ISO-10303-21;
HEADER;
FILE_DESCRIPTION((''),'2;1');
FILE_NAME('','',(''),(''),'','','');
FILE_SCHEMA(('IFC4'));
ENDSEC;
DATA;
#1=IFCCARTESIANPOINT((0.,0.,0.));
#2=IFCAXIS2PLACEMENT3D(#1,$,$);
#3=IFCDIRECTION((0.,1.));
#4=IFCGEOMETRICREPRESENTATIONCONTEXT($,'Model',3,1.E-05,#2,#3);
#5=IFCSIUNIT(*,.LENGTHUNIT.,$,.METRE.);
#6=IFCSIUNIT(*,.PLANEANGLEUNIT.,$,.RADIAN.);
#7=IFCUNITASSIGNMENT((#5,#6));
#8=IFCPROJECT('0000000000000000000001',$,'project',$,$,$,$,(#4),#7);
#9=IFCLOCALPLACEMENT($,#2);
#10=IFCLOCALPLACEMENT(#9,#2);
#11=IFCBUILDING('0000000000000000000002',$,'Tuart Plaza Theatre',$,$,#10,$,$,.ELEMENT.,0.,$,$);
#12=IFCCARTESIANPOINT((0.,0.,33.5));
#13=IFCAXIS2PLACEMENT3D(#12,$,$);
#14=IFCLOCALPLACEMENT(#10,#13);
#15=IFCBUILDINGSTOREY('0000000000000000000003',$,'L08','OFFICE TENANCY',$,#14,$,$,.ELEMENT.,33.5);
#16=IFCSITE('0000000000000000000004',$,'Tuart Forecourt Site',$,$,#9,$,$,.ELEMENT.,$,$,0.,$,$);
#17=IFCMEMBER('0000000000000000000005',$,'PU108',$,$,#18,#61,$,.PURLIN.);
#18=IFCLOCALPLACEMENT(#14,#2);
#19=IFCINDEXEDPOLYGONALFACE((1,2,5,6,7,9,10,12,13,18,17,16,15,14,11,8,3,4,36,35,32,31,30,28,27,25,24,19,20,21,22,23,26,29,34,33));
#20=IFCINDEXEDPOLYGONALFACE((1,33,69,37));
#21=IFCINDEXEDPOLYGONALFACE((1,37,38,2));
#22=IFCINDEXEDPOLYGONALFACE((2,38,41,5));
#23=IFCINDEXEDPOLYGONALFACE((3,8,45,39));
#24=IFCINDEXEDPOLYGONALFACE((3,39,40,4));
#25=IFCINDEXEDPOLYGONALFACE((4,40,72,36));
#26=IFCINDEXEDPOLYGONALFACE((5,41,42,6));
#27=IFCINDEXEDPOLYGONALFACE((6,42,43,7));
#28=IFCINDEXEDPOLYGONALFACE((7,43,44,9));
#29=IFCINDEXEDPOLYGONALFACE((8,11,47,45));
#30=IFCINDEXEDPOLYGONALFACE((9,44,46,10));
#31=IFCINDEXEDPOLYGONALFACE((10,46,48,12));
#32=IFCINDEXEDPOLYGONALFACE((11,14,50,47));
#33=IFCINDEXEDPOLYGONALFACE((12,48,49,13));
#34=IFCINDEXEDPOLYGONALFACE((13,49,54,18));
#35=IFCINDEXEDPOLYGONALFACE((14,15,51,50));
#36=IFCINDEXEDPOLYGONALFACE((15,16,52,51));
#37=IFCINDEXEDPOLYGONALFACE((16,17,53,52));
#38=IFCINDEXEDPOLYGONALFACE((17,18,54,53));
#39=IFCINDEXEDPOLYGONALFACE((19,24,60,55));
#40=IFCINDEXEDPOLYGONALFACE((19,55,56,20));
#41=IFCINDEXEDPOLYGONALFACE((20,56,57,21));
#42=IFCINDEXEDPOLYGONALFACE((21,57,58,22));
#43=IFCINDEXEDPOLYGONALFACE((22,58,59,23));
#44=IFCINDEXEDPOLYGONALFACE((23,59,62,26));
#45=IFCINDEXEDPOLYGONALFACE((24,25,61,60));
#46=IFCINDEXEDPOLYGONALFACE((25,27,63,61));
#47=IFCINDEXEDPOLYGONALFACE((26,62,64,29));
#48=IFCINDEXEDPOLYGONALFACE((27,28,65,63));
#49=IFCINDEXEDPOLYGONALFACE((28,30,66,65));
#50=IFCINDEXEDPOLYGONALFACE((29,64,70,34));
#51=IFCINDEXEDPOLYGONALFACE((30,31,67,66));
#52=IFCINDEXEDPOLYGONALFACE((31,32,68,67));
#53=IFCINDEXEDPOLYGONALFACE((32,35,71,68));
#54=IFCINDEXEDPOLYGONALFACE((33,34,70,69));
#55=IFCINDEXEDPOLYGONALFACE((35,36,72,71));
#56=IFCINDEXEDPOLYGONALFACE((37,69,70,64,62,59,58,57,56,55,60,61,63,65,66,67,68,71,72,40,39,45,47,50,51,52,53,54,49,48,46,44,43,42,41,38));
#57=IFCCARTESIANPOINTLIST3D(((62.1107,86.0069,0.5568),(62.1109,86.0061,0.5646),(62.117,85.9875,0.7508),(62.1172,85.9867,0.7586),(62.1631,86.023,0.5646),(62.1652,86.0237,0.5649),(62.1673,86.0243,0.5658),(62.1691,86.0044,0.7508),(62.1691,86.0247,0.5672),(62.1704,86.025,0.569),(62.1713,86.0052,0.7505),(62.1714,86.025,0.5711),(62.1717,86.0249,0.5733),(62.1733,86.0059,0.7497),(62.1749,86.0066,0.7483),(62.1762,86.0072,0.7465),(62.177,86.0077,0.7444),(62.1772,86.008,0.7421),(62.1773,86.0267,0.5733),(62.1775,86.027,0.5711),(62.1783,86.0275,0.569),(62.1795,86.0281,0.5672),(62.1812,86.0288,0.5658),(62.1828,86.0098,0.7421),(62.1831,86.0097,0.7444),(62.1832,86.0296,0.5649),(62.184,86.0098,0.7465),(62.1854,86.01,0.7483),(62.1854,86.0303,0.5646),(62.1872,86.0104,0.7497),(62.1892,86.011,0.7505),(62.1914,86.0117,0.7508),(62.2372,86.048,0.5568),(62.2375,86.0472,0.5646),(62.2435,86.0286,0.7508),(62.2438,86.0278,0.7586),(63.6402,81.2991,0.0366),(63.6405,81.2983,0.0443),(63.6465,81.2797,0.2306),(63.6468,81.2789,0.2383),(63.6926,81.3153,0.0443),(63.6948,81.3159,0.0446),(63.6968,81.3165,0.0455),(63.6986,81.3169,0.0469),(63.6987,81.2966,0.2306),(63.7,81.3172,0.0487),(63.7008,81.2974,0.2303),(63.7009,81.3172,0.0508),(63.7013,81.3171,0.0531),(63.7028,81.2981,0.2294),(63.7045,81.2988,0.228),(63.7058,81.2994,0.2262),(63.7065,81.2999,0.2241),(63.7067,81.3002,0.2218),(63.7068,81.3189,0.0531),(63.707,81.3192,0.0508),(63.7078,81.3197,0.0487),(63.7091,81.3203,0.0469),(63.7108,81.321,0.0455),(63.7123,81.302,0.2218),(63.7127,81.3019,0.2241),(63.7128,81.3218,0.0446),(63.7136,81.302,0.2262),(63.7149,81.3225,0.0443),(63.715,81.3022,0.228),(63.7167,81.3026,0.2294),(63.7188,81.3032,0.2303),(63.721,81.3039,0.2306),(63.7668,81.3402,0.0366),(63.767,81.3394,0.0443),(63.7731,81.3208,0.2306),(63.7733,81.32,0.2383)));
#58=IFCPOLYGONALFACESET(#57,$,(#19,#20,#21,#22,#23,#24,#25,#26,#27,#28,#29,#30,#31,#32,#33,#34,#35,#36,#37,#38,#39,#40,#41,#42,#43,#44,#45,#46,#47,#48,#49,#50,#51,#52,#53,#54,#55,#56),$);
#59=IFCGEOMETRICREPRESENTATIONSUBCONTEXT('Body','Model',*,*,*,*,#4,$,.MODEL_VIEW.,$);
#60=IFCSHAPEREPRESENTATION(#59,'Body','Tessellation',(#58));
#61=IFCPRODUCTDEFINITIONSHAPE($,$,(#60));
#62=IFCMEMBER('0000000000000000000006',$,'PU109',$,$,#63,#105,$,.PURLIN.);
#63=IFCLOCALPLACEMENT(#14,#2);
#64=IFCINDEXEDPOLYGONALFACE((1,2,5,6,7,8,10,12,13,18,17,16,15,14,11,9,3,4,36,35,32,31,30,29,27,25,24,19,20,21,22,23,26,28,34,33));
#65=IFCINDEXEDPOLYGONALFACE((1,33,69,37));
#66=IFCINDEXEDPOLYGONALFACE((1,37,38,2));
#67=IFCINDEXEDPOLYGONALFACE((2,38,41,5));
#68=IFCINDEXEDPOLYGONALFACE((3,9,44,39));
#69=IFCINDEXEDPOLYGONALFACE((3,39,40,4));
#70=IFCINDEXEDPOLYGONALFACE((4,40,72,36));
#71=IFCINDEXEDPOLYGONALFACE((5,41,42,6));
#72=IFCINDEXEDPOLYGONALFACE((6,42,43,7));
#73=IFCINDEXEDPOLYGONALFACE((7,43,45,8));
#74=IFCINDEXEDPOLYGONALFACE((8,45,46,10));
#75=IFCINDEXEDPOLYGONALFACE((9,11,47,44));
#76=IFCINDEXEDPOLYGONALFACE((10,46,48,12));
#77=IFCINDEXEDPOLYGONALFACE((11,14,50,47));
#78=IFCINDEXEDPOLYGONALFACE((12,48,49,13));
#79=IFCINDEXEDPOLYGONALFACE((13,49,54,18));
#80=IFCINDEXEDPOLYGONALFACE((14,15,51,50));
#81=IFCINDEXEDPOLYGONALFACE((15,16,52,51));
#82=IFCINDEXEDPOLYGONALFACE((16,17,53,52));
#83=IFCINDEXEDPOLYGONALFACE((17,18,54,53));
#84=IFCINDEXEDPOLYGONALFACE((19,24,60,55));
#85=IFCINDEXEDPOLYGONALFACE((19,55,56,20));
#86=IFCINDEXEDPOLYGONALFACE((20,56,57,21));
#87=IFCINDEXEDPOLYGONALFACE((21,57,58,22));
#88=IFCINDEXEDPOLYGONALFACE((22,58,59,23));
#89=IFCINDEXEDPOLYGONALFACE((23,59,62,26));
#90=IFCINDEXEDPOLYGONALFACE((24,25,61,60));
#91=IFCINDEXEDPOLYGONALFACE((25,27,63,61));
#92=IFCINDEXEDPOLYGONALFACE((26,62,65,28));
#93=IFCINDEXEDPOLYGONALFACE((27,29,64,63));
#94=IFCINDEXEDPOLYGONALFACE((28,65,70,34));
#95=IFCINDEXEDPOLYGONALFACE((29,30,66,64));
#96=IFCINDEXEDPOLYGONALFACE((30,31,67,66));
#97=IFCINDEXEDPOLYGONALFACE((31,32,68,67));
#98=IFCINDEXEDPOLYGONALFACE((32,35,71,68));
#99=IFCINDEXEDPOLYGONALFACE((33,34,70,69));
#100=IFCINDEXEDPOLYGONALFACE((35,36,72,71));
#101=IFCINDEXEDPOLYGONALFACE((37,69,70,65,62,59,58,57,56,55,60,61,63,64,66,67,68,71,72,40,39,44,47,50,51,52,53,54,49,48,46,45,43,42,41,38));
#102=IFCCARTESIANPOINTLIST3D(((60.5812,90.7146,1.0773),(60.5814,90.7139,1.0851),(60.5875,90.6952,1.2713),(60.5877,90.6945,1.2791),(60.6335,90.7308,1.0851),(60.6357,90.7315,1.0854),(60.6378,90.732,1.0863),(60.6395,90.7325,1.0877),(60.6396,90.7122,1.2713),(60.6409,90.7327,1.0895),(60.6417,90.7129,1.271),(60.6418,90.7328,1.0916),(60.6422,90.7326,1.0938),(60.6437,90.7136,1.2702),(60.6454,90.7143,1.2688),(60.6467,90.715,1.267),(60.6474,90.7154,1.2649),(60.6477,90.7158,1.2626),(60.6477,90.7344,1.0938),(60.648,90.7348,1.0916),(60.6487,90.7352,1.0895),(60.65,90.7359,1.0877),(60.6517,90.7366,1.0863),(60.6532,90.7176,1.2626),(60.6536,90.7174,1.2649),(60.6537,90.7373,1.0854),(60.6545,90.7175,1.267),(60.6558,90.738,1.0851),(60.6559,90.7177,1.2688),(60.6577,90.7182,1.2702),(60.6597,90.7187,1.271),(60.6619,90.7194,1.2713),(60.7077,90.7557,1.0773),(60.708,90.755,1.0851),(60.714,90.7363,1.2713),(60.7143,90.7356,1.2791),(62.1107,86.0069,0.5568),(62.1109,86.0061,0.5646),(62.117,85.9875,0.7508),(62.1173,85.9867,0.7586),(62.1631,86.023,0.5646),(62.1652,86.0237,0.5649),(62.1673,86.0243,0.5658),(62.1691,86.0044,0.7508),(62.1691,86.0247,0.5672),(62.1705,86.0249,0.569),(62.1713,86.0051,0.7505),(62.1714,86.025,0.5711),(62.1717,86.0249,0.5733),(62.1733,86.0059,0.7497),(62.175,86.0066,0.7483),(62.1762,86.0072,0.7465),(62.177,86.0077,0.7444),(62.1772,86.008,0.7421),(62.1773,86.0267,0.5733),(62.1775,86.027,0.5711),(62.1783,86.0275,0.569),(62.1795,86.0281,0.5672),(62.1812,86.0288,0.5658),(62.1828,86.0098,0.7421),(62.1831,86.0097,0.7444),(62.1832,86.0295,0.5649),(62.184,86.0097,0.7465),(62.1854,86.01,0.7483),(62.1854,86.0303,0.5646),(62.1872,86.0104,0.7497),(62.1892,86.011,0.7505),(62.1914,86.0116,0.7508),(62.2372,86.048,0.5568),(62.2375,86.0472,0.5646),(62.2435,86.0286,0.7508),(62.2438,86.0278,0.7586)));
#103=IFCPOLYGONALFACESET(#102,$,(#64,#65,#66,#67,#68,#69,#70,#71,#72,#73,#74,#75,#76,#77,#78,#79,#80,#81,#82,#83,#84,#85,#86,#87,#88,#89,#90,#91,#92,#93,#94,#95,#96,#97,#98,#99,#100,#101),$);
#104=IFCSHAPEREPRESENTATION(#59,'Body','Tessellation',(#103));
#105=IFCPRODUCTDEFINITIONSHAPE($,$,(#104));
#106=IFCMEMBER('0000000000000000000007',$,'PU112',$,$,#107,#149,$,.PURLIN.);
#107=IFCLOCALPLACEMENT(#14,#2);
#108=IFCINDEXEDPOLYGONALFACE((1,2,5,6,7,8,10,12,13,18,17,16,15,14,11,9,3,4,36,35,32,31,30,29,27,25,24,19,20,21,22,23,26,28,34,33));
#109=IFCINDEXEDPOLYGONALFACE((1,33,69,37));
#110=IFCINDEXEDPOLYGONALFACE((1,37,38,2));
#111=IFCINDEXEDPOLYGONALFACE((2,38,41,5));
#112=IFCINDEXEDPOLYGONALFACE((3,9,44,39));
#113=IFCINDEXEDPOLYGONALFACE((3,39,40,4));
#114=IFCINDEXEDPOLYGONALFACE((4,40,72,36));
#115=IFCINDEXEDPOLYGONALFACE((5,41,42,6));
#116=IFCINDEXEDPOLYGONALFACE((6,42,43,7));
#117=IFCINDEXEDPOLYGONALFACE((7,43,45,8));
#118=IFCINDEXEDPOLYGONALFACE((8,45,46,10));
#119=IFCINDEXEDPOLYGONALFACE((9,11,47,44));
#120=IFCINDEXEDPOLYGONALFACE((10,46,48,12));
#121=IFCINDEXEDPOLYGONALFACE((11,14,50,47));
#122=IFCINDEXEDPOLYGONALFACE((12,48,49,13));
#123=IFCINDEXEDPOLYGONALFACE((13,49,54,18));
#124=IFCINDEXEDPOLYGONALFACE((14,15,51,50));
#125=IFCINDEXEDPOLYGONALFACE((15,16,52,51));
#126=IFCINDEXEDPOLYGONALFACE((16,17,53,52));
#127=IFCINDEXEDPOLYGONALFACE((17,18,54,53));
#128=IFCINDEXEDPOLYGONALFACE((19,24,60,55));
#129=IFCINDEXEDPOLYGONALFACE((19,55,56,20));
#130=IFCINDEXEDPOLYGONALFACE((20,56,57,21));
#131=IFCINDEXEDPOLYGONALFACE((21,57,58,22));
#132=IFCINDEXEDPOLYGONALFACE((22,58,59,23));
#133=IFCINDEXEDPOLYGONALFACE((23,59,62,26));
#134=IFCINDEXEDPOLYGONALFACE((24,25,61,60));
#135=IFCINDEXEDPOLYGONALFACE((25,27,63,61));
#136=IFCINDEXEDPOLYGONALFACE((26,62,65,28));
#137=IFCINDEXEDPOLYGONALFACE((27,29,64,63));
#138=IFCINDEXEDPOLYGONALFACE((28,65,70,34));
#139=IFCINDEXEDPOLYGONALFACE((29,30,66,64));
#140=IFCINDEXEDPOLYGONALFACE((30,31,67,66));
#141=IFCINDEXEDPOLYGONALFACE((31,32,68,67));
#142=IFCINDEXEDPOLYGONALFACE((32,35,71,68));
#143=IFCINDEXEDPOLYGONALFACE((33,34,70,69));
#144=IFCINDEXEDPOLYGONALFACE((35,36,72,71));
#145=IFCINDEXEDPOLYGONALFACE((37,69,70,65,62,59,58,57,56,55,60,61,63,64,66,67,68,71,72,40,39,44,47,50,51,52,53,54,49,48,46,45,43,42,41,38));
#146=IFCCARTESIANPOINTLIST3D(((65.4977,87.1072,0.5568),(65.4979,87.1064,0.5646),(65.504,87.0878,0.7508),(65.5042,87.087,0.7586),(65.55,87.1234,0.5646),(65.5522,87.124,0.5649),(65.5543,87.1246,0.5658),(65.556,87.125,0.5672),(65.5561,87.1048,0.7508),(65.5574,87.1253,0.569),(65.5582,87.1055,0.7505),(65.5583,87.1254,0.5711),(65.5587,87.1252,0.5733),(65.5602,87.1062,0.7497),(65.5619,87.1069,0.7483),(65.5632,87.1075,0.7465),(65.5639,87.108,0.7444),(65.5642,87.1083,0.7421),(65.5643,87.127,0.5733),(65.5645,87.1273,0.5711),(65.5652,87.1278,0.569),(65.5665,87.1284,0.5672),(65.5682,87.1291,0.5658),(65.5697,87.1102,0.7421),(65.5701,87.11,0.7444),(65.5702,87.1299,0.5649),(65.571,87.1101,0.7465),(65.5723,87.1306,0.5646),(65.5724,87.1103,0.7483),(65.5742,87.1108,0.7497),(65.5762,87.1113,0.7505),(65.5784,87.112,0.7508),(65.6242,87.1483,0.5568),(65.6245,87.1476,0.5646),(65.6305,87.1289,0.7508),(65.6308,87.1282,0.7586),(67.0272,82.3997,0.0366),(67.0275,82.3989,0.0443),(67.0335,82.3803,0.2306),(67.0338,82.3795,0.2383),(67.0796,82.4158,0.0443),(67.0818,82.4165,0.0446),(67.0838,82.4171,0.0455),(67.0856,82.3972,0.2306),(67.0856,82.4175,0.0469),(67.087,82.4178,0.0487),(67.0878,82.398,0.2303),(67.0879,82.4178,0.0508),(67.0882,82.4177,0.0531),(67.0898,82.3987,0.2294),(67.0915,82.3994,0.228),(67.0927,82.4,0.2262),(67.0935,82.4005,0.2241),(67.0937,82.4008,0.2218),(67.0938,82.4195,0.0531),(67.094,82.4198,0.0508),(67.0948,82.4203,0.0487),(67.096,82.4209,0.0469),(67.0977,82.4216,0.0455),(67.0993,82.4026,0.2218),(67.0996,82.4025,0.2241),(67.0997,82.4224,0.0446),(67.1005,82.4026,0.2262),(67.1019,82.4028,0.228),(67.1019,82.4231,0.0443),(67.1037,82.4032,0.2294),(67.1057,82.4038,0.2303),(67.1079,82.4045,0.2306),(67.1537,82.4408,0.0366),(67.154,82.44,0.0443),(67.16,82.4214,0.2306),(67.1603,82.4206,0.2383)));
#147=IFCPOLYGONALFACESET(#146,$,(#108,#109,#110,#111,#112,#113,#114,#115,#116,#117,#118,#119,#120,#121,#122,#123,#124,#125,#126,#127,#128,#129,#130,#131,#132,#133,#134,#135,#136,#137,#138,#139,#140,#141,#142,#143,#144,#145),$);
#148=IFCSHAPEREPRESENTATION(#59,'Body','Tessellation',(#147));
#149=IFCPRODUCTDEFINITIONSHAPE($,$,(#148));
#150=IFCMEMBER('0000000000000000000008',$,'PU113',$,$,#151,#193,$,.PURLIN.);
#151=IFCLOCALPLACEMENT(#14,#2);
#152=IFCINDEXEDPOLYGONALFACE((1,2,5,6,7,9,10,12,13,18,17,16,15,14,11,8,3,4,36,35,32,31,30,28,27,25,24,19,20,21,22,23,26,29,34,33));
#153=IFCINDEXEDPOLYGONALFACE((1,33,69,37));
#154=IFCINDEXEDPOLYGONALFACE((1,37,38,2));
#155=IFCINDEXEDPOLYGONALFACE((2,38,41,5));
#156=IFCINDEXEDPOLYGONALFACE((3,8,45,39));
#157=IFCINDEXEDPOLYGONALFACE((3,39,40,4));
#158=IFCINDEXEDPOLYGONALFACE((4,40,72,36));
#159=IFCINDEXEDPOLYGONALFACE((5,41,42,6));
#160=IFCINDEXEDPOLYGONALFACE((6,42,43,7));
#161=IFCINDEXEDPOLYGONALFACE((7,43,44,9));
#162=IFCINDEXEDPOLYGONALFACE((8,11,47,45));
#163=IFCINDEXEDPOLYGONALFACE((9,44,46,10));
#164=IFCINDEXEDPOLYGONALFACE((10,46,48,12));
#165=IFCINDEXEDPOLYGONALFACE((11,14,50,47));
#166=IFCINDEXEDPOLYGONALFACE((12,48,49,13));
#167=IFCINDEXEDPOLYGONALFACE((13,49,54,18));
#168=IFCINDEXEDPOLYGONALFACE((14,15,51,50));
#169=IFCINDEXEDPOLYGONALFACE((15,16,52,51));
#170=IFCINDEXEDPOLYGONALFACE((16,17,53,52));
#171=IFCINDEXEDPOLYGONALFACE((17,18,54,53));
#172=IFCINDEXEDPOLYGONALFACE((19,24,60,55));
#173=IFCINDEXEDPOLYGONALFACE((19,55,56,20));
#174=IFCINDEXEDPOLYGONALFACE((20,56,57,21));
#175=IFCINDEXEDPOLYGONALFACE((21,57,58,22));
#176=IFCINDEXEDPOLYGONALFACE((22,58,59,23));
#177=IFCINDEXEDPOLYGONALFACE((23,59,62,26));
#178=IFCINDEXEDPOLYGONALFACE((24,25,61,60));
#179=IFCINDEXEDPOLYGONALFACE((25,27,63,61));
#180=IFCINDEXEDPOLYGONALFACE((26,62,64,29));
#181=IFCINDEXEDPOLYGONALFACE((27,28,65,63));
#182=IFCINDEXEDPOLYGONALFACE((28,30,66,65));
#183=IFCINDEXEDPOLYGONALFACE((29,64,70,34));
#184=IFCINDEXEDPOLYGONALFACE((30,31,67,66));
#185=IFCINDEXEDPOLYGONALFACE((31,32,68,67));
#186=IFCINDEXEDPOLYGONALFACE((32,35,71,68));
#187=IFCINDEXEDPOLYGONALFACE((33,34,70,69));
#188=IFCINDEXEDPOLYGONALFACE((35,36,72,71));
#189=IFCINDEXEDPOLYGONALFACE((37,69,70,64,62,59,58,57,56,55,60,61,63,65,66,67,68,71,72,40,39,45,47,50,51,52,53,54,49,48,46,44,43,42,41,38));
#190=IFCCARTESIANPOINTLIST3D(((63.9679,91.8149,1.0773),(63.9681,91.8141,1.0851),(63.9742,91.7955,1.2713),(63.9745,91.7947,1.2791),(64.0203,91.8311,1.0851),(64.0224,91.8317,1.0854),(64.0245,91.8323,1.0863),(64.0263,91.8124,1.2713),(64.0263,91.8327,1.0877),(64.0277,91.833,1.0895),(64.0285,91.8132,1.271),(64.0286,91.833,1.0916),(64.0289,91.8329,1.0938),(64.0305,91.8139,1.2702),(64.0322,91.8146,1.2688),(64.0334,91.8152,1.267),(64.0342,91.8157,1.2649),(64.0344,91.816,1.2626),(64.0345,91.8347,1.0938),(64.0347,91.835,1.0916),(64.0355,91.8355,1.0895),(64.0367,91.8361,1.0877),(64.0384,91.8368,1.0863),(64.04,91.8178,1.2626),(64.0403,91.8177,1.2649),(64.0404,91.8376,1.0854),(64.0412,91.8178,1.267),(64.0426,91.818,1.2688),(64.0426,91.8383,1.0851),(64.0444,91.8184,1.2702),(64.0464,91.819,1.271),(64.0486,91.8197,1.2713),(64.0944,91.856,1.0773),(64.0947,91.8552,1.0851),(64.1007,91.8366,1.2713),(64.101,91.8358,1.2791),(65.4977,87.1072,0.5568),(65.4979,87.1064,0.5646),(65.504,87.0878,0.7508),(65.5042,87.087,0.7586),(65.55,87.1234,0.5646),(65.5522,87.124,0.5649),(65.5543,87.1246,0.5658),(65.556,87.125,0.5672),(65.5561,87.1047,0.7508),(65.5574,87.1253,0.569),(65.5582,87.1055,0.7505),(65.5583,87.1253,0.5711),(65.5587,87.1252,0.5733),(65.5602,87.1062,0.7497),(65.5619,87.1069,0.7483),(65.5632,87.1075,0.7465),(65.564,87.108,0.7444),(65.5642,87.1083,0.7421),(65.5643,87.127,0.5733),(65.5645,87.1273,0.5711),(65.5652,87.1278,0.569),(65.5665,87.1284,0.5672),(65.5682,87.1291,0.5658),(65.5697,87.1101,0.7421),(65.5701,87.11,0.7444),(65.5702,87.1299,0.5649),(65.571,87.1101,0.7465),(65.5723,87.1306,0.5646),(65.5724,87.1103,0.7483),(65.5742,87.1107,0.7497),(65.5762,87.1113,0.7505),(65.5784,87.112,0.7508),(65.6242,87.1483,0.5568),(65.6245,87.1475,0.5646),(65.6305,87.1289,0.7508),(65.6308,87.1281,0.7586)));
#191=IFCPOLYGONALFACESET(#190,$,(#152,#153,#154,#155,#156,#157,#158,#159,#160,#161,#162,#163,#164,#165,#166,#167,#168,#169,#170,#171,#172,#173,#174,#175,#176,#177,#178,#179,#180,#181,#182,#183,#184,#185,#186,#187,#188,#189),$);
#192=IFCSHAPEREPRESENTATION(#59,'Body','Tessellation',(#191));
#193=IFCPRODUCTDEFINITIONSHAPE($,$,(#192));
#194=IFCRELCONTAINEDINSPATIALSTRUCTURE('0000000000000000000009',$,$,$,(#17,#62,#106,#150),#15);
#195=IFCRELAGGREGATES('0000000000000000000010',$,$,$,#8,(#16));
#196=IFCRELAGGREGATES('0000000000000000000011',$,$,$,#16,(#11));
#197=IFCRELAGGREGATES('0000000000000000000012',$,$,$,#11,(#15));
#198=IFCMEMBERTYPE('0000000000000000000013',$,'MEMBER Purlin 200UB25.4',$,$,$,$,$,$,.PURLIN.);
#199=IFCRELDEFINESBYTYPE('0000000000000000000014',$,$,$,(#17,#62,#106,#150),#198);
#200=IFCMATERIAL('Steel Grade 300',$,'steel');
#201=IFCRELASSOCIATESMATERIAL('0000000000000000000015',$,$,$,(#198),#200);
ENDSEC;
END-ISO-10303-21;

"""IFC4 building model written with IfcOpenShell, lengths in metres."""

from ifc_helpers import new_model, si_unit, direction, frame, origin, origin_2d, place, context, subcontext, project, spatial, i_section, extrude, material, material_profile, profile_set, type_object, element, save


model = new_model("IFC4")

# Units and contexts
model_context = context("Model", 3, precision=1e-05, world=origin(), true_north=direction((0.0, 1.0)))
body_context = subcontext(model_context, "Body", "Model", "MODEL_VIEW")
ifc_project = project(units=[si_unit("LENGTHUNIT", "METRE"), si_unit("PLANEANGLEUNIT", "RADIAN")], contexts=[model_context])

# Site, building, storey
site_placement = place(None, origin())
site = spatial("IfcSite", under=ifc_project, at=site_placement, Name="Tuart Forecourt Site", CompositionType="ELEMENT", RefElevation=0.0)
building_placement = place(site_placement, origin())
building = spatial("IfcBuilding", under=site, at=building_placement, Name="Tuart Plaza Theatre", CompositionType="ELEMENT", ElevationOfRefHeight=0.0)
storey_placement = place(building_placement, frame((0.0, 0.0, 33.5)))
storey = spatial("IfcBuildingStorey", under=building, at=storey_placement, Name="L08", Description="OFFICE TENANCY", CompositionType="ELEMENT", Elevation=33.5)

# Members
ifc_material_1 = material(Name="Steel Grade 300", Category="steel")
ifc_material_profile_1 = material_profile(ifc_material_1, i_section(OverallWidth=0.1331, OverallDepth=0.2029, WebThickness=0.0059, FlangeThickness=0.0078, FilletRadius=0.0088, at=origin_2d()), Name="200UB25.4")
ifc_profile_set_1 = profile_set([ifc_material_profile_1], Name="Steel Grade 300")
member_type_1 = type_object("IfcMemberType", Name="MEMBER Purlin 200UB25.4", PredefinedType="PURLIN", material=ifc_profile_set_1)
for number, where, z_axis, x_axis, name in (
    (1, (63.7068, 81.3096, 0.1375), (-0.307305, 0.945853, 0.104528), (-0.951063, -0.308998, 0.0), "PU108"),
    (2, (62.1772, 86.0173, 0.6577), (-0.307304, 0.945848, 0.104576), (-0.951063, -0.308998, 0.0), "PU109"),
):
    element("IfcMember", number, at=place(storey_placement, frame(where, z_axis=z_axis, x_axis=x_axis)), inside=storey, type_object=member_type_1, Name=name, PredefinedType="PURLIN", context=body_context, shape_type="SweptSolid", body=[
        extrude(i_section(OverallWidth=0.1331, OverallDepth=0.2029, WebThickness=0.0059, FlangeThickness=0.0078, FilletRadius=0.0088, at=origin_2d()), origin(), (0.0, 0.0, 1.0), 4.9773),
    ])
member_1_placement = place(storey_placement, frame((67.0938, 82.4102, 0.1375), z_axis=(-0.30732, 0.945848, 0.104533), x_axis=(-0.951058, -0.309012, 0.0)))
element("IfcMember", 3, at=member_1_placement, inside=storey, type_object=member_type_1, Name="PU112", PredefinedType="PURLIN", context=body_context, shape_type="SweptSolid", body=[
    extrude(i_section(OverallWidth=0.1331, OverallDepth=0.2029, WebThickness=0.0059, FlangeThickness=0.0078, FilletRadius=0.0088, at=origin_2d()), origin(), (0.0, 0.0, 1.0), 4.9771),
])
member_2_placement = place(storey_placement, frame((65.5642, 87.1177, 0.6577), z_axis=(-0.307348, 0.945834, 0.104575), x_axis=(-0.951048, -0.309043, 0.0)))
element("IfcMember", 4, at=member_2_placement, inside=storey, type_object=member_type_1, Name="PU113", PredefinedType="PURLIN", context=body_context, shape_type="SweptSolid", body=[
    extrude(i_section(OverallWidth=0.1331, OverallDepth=0.2029, WebThickness=0.0059, FlangeThickness=0.0078, FilletRadius=0.0088, at=origin_2d()), origin(), (0.0, 0.0, 1.0), 4.9773),
])

save(model, "model.ifc")
